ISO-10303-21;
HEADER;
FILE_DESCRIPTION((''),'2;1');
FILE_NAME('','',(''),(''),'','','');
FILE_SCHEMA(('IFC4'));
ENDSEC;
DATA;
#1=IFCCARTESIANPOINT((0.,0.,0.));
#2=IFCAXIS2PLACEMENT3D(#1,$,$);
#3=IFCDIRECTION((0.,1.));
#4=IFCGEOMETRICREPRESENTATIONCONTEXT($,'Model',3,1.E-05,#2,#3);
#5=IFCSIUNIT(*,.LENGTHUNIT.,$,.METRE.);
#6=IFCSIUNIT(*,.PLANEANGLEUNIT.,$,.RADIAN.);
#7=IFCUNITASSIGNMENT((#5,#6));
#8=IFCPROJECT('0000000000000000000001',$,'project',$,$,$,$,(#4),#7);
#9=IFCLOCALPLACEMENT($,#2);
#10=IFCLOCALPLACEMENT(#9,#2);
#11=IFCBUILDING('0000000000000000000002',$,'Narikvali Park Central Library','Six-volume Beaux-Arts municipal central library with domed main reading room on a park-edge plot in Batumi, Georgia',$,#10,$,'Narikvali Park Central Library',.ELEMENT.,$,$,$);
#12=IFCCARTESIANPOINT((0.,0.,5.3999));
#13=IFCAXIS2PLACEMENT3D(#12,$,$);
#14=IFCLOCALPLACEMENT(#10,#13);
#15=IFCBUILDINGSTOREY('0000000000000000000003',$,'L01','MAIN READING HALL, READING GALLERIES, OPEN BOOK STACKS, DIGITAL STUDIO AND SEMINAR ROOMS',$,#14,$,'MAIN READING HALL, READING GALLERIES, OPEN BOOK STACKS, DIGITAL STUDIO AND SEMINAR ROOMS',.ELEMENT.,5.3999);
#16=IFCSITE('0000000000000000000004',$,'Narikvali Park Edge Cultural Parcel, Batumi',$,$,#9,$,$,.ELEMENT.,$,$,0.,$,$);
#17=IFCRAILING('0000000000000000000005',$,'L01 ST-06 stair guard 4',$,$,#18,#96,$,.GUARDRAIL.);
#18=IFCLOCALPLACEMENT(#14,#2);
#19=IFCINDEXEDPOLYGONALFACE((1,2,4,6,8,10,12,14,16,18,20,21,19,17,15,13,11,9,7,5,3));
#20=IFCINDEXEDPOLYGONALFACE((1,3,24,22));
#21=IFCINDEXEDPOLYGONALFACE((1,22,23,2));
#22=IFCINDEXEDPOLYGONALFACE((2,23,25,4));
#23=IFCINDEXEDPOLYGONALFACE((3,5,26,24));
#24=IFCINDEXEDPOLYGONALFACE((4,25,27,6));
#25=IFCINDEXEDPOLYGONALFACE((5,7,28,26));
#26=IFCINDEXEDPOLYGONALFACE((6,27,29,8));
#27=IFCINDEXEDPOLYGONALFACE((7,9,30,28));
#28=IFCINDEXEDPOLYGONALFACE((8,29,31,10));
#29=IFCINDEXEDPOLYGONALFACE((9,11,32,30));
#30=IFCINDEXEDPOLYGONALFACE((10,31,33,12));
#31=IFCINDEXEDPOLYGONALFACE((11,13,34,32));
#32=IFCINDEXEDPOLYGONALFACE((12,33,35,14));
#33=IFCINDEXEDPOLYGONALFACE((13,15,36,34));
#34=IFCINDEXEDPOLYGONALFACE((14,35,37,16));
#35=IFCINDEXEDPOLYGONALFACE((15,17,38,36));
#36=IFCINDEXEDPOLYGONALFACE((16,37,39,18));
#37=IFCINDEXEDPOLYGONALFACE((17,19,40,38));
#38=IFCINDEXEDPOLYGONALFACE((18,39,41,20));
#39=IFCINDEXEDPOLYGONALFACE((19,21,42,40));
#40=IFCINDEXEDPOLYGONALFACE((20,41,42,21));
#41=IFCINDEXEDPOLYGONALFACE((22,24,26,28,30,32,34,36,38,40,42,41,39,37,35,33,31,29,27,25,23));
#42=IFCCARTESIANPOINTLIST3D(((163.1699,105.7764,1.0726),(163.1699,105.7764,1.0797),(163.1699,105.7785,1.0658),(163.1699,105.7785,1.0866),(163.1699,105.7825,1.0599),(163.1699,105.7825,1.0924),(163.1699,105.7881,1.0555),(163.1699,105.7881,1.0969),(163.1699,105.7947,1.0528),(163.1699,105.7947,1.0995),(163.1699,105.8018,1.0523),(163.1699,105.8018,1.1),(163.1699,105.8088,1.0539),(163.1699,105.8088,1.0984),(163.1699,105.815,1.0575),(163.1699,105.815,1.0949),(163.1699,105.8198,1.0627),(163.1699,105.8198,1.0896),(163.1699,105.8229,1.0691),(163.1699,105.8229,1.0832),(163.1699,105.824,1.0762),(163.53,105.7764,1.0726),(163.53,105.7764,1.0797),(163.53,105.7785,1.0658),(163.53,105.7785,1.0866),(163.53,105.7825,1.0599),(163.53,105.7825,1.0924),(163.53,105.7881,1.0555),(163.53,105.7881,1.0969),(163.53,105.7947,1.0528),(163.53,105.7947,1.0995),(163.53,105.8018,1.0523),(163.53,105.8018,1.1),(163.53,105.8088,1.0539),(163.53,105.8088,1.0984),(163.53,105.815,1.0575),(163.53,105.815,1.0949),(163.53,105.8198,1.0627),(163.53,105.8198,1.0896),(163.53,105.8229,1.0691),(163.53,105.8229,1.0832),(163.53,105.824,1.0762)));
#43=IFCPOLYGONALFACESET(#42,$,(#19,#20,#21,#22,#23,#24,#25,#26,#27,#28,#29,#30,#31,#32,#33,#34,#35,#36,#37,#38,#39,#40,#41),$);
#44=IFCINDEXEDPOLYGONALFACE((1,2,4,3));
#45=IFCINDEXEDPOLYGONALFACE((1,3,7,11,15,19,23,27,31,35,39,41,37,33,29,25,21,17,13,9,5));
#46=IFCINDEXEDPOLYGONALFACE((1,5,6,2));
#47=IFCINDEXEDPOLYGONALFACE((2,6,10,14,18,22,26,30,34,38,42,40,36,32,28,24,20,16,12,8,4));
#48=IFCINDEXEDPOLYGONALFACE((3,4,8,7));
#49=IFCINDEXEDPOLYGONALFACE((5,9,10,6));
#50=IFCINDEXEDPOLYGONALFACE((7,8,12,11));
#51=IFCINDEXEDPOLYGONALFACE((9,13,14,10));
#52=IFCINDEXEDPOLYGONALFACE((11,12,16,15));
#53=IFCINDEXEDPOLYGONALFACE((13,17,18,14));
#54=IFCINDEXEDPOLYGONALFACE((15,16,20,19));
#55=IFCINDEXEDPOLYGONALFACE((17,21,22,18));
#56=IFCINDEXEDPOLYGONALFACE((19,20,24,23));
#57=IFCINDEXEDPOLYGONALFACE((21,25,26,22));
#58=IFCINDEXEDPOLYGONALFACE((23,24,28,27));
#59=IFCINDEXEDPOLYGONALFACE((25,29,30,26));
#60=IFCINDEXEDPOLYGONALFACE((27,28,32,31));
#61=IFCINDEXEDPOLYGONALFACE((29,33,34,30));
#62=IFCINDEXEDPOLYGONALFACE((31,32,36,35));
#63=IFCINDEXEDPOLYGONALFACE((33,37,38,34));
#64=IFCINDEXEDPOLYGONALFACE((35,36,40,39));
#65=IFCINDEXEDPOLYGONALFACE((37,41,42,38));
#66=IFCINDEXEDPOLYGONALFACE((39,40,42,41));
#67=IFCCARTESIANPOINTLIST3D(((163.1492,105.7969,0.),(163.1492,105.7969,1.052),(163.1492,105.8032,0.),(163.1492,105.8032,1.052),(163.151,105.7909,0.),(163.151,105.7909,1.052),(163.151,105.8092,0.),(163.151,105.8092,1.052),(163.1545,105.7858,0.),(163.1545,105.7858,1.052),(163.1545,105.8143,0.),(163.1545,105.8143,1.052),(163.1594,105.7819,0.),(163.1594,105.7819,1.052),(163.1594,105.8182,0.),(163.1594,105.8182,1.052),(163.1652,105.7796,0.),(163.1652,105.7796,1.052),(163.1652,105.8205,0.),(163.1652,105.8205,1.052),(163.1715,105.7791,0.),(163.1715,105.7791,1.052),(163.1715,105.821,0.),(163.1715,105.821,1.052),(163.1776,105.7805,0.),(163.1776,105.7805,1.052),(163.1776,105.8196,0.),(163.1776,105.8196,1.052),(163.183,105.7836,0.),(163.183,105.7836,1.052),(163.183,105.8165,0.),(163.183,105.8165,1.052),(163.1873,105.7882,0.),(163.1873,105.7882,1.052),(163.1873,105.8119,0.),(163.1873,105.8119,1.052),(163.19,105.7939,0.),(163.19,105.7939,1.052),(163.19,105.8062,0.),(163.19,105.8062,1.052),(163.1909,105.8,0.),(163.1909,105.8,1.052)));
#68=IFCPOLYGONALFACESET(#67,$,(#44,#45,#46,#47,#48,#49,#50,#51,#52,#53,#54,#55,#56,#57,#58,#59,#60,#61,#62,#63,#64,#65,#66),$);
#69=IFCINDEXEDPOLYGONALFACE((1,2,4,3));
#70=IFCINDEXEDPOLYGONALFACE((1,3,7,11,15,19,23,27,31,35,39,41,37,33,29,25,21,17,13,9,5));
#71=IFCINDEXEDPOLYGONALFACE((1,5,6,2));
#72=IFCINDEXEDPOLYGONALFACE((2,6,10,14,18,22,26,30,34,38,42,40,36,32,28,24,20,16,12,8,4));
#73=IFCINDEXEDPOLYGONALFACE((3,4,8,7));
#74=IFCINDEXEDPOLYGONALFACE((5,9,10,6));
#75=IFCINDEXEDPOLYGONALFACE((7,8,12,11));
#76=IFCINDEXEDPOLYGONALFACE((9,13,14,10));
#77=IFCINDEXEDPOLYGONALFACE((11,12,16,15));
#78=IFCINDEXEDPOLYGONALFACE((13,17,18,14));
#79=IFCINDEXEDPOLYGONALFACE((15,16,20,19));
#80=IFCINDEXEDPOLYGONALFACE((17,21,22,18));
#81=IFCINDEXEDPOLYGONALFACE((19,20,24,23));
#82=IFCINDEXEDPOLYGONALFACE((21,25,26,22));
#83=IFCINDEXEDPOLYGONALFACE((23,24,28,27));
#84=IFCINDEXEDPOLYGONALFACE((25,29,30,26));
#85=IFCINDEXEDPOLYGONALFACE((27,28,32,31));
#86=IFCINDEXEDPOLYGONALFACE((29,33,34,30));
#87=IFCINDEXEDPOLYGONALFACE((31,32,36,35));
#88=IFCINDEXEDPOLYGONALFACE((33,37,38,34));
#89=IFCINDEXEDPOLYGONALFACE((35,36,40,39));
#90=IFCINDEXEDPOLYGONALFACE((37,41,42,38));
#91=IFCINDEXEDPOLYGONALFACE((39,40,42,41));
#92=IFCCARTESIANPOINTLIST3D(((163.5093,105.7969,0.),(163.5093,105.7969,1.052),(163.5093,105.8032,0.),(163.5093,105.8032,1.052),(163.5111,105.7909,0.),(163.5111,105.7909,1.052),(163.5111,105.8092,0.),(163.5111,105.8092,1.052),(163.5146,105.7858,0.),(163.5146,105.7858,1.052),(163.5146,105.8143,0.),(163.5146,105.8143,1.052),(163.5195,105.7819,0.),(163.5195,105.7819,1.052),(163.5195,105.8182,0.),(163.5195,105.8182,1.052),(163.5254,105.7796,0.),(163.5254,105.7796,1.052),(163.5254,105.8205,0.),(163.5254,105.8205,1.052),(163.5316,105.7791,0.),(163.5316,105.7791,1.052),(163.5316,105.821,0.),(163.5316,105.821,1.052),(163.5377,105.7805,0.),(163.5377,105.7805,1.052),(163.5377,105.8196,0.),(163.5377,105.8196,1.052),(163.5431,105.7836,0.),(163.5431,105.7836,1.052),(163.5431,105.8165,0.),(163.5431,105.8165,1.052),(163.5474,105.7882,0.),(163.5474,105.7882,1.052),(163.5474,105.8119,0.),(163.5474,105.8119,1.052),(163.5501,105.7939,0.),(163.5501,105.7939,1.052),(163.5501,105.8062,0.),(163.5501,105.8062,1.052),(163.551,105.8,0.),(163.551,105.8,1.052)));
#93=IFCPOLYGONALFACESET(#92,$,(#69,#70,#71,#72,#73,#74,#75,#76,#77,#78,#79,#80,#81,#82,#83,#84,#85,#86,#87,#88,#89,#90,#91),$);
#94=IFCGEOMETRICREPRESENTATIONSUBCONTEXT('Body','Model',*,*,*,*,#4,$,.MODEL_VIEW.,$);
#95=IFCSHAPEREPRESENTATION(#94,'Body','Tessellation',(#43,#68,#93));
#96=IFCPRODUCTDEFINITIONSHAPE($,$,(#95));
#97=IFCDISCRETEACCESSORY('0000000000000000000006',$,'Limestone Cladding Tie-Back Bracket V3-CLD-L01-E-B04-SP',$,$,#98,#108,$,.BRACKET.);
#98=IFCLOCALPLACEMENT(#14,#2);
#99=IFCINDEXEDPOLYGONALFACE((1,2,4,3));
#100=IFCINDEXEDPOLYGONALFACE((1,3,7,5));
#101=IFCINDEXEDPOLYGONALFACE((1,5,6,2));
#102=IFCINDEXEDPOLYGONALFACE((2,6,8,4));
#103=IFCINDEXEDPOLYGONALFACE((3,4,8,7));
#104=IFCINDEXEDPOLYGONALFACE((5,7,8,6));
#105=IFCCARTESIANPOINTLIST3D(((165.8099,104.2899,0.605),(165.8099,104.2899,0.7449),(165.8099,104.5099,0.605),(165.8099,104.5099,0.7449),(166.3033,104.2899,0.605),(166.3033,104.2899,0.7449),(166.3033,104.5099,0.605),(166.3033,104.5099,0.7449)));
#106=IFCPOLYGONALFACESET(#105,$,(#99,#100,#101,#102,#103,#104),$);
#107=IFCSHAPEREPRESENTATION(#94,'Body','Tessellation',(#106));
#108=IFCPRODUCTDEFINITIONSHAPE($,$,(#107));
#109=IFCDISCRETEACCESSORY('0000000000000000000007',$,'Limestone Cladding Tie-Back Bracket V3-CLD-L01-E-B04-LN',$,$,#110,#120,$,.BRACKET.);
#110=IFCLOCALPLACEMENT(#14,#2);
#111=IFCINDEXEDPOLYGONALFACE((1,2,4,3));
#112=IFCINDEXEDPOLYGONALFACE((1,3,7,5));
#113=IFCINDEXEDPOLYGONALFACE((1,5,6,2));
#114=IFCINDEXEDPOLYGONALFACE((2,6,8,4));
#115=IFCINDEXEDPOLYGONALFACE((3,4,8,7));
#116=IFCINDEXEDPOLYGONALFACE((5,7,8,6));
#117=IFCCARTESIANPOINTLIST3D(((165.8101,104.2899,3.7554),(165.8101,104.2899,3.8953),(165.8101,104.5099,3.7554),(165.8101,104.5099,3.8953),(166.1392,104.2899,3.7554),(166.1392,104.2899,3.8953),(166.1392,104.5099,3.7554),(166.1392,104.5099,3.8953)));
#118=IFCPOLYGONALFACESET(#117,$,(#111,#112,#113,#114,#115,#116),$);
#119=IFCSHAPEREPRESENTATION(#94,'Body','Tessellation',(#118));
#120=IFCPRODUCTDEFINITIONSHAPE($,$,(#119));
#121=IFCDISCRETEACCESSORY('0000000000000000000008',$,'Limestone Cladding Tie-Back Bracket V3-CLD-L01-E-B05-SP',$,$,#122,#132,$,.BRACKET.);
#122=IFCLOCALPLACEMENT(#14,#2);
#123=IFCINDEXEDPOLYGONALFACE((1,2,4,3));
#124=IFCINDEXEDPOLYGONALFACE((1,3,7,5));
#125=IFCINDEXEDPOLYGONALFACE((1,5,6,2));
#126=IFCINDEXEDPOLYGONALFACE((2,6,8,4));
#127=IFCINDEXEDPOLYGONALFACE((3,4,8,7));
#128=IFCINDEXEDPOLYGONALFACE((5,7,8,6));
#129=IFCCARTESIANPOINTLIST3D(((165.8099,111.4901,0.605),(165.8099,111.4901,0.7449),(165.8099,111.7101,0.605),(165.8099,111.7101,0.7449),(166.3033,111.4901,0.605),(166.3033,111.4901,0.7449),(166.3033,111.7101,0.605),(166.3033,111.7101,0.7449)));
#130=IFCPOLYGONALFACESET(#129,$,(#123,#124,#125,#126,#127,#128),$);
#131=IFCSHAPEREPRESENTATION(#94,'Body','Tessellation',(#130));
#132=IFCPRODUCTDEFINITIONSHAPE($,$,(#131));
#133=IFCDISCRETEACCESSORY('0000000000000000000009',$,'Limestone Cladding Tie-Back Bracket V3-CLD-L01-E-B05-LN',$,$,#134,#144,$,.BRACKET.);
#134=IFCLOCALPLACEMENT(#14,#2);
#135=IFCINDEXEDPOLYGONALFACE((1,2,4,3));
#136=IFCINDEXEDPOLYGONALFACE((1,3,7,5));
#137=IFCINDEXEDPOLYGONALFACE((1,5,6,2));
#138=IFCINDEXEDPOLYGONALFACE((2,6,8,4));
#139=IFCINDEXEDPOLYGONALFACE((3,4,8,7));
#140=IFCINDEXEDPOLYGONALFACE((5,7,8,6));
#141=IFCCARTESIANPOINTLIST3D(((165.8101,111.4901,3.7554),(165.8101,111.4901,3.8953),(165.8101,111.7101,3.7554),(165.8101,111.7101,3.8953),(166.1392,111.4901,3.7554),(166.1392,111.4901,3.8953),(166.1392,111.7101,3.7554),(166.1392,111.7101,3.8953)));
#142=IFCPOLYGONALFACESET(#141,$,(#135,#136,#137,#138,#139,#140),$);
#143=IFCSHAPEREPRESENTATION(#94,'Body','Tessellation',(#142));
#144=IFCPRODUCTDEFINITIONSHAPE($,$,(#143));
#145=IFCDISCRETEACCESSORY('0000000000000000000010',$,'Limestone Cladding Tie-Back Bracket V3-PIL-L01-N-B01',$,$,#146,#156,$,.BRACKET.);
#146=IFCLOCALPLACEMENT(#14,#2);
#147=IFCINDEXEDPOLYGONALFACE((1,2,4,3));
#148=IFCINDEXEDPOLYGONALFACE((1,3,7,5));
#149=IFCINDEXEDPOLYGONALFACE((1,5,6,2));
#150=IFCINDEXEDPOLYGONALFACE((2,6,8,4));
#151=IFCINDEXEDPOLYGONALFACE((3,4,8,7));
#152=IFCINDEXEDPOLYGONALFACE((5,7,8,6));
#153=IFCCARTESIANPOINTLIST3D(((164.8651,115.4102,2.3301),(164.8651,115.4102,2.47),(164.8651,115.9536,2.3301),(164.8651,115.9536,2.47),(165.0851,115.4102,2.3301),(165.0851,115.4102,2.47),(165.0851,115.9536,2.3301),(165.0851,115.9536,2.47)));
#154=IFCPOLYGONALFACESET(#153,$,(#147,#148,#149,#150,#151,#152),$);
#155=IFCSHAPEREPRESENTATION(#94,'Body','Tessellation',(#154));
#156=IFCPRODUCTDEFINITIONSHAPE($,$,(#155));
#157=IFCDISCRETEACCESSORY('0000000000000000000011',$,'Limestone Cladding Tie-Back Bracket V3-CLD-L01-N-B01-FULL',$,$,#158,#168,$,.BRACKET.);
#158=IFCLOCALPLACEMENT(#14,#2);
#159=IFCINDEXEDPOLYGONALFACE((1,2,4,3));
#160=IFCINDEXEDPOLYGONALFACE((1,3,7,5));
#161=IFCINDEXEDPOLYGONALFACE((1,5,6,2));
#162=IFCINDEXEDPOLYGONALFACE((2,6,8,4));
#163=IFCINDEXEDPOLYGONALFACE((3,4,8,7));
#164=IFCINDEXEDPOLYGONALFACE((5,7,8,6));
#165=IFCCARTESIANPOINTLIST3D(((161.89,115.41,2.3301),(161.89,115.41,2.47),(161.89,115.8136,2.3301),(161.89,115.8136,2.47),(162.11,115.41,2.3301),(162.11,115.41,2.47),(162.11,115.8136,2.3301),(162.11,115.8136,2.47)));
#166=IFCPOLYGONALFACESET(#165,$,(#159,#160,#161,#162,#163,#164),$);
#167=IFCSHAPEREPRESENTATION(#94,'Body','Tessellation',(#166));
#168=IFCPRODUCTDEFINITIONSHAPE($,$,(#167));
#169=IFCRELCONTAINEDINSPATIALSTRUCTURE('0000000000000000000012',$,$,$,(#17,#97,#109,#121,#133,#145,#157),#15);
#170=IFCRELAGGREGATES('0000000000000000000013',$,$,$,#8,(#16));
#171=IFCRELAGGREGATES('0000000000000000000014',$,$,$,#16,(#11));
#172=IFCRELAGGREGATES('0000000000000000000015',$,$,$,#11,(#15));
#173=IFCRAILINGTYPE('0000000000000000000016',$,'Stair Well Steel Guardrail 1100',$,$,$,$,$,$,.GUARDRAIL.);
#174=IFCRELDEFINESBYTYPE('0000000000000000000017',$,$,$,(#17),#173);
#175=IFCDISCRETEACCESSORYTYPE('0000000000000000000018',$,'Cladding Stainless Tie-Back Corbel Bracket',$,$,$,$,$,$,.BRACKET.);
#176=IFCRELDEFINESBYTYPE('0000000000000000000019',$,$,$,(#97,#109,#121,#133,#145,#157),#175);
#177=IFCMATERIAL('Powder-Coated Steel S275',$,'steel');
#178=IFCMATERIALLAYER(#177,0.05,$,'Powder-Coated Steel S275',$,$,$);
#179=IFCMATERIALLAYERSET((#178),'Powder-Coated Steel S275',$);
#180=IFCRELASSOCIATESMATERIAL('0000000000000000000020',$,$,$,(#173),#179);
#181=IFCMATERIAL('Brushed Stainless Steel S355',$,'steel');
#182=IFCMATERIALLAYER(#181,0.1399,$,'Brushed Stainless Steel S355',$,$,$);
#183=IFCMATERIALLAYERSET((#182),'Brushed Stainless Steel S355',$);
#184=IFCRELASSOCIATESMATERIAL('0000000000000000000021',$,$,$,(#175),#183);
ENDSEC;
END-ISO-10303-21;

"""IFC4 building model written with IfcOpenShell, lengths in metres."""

from ifc_helpers import new_model, si_unit, direction, frame, origin, origin_2d, place, context, subcontext, project, spatial, rectangle, circle, extrude, material, layer, layer_set, type_object, element, save


model = new_model("IFC4")

# Units and contexts
model_context = context("Model", 3, precision=1e-05, world=origin(), true_north=direction((0.0, 1.0)))
body_context = subcontext(model_context, "Body", "Model", "MODEL_VIEW")
ifc_project = project(units=[si_unit("LENGTHUNIT", "METRE"), si_unit("PLANEANGLEUNIT", "RADIAN")], contexts=[model_context])

# Site, building, storey
site_placement = place(None, origin())
site = spatial("IfcSite", under=ifc_project, at=site_placement, Name="Narikvali Park Edge Cultural Parcel, Batumi", CompositionType="ELEMENT", RefElevation=0.0)
building_placement = place(site_placement, origin())
building = spatial("IfcBuilding", under=site, at=building_placement, Name="Narikvali Park Central Library", Description="Six-volume Beaux-Arts municipal central library with domed main reading room on a park-edge plot in Batumi, Georgia", LongName="Narikvali Park Central Library", CompositionType="ELEMENT")
storey_placement = place(building_placement, frame((0.0, 0.0, 5.3999)))
storey = spatial("IfcBuildingStorey", under=building, at=storey_placement, Name="L01", Description="MAIN READING HALL, READING GALLERIES, OPEN BOOK STACKS, DIGITAL STUDIO AND SEMINAR ROOMS", LongName="MAIN READING HALL, READING GALLERIES, OPEN BOOK STACKS, DIGITAL STUDIO AND SEMINAR ROOMS", CompositionType="ELEMENT", Elevation=5.3999)

# Railing
ifc_material_1 = material(Name="Brushed Stainless Steel S355", Category="steel")
ifc_material_2 = material(Name="Powder-Coated Steel S275", Category="steel")
ifc_layer_1 = layer(ifc_material_2, 0.05, Name="Powder-Coated Steel S275")
ifc_layer_set_1 = layer_set([ifc_layer_1], Name="Powder-Coated Steel S275")
railing_type_1 = type_object("IfcRailingType", Name="Stair Well Steel Guardrail 1100", PredefinedType="GUARDRAIL", material=ifc_layer_set_1)
railing_1_placement = place(storey_placement, frame((163.1699, 105.8, 0.0)))
element("IfcRailing", 1, at=railing_1_placement, inside=storey, type_object=railing_type_1, Name="L01 ST-06 stair guard 4", PredefinedType="GUARDRAIL", context=body_context, shape_type="SweptSolid", body=[
    extrude(circle(Radius=0.0239, at=origin_2d()), frame((0.0, 0.0, 1.0762), z_axis=(1.0, 0.0, 0.0), x_axis=(0.0, 1.0, 0.0)), (0.0, 0.0, 1.0), 0.3601),
    extrude(circle(Radius=0.021, at=origin_2d()), origin(), (0.0, 0.0, 1.0), 1.052),
    extrude(circle(Radius=0.021, at=origin_2d()), frame((0.3601, 0.0, 0.0)), (0.0, 0.0, 1.0), 1.052),
])

# Discrete accessories
ifc_layer_2 = layer(ifc_material_1, 0.1399, Name="Brushed Stainless Steel S355")
ifc_layer_set_2 = layer_set([ifc_layer_2], Name="Brushed Stainless Steel S355")
discrete_accessory_type = type_object("IfcDiscreteAccessoryType", Name="Cladding Stainless Tie-Back Corbel Bracket", PredefinedType="BRACKET", material=ifc_layer_set_2)
discrete_accessory_1_placement = place(storey_placement, frame((166.0566, 104.3999, 0.605), z_axis=(0.0, 0.0, 1.0), x_axis=(1.0, 0.0, 0.0)))
element("IfcDiscreteAccessory", 2, at=discrete_accessory_1_placement, inside=storey, type_object=discrete_accessory_type, Name="Limestone Cladding Tie-Back Bracket V3-CLD-L01-E-B04-SP", PredefinedType="BRACKET", context=body_context, shape_type="SweptSolid", body=[
    extrude(rectangle(XDim=0.4934, YDim=0.22, at=origin_2d()), origin(), (0.0, 0.0, 1.0), 0.1399),
])
discrete_accessory_2_placement = place(storey_placement, frame((165.9746, 104.3999, 3.7554), z_axis=(0.0, 0.0, 1.0), x_axis=(1.0, 0.0, 0.0)))
element("IfcDiscreteAccessory", 3, at=discrete_accessory_2_placement, inside=storey, type_object=discrete_accessory_type, Name="Limestone Cladding Tie-Back Bracket V3-CLD-L01-E-B04-LN", PredefinedType="BRACKET", context=body_context, shape_type="SweptSolid", body=[
    extrude(rectangle(XDim=0.3291, YDim=0.22, at=origin_2d()), origin(), (0.0, 0.0, 1.0), 0.1399),
])
discrete_accessory_3_placement = place(storey_placement, frame((166.0566, 111.6001, 0.605), z_axis=(0.0, 0.0, 1.0), x_axis=(1.0, 0.0, 0.0)))
element("IfcDiscreteAccessory", 4, at=discrete_accessory_3_placement, inside=storey, type_object=discrete_accessory_type, Name="Limestone Cladding Tie-Back Bracket V3-CLD-L01-E-B05-SP", PredefinedType="BRACKET", context=body_context, shape_type="SweptSolid", body=[
    extrude(rectangle(XDim=0.4934, YDim=0.22, at=origin_2d()), origin(), (0.0, 0.0, 1.0), 0.1399),
])
discrete_accessory_4_placement = place(storey_placement, frame((165.9746, 111.6001, 3.7554), z_axis=(0.0, 0.0, 1.0), x_axis=(1.0, 0.0, 0.0)))
element("IfcDiscreteAccessory", 5, at=discrete_accessory_4_placement, inside=storey, type_object=discrete_accessory_type, Name="Limestone Cladding Tie-Back Bracket V3-CLD-L01-E-B05-LN", PredefinedType="BRACKET", context=body_context, shape_type="SweptSolid", body=[
    extrude(rectangle(XDim=0.3291, YDim=0.22, at=origin_2d()), origin(), (0.0, 0.0, 1.0), 0.1399),
])
discrete_accessory_5_placement = place(storey_placement, frame((164.9751, 115.6819, 2.3301), z_axis=(0.0, 0.0, 1.0), x_axis=(1.0, 0.0, 0.0)))
element("IfcDiscreteAccessory", 6, at=discrete_accessory_5_placement, inside=storey, type_object=discrete_accessory_type, Name="Limestone Cladding Tie-Back Bracket V3-PIL-L01-N-B01", PredefinedType="BRACKET", context=body_context, shape_type="SweptSolid", body=[
    extrude(rectangle(XDim=0.22, YDim=0.5435, at=origin_2d()), origin(), (0.0, 0.0, 1.0), 0.1399),
])
discrete_accessory_6_placement = place(storey_placement, frame((162.0, 115.6118, 2.3301), z_axis=(0.0, 0.0, 1.0), x_axis=(1.0, 0.0, 0.0)))
element("IfcDiscreteAccessory", 7, at=discrete_accessory_6_placement, inside=storey, type_object=discrete_accessory_type, Name="Limestone Cladding Tie-Back Bracket V3-CLD-L01-N-B01-FULL", PredefinedType="BRACKET", context=body_context, shape_type="SweptSolid", body=[
    extrude(rectangle(XDim=0.22, YDim=0.4036, at=origin_2d()), origin(), (0.0, 0.0, 1.0), 0.1399),
])

save(model, "model.ifc")
